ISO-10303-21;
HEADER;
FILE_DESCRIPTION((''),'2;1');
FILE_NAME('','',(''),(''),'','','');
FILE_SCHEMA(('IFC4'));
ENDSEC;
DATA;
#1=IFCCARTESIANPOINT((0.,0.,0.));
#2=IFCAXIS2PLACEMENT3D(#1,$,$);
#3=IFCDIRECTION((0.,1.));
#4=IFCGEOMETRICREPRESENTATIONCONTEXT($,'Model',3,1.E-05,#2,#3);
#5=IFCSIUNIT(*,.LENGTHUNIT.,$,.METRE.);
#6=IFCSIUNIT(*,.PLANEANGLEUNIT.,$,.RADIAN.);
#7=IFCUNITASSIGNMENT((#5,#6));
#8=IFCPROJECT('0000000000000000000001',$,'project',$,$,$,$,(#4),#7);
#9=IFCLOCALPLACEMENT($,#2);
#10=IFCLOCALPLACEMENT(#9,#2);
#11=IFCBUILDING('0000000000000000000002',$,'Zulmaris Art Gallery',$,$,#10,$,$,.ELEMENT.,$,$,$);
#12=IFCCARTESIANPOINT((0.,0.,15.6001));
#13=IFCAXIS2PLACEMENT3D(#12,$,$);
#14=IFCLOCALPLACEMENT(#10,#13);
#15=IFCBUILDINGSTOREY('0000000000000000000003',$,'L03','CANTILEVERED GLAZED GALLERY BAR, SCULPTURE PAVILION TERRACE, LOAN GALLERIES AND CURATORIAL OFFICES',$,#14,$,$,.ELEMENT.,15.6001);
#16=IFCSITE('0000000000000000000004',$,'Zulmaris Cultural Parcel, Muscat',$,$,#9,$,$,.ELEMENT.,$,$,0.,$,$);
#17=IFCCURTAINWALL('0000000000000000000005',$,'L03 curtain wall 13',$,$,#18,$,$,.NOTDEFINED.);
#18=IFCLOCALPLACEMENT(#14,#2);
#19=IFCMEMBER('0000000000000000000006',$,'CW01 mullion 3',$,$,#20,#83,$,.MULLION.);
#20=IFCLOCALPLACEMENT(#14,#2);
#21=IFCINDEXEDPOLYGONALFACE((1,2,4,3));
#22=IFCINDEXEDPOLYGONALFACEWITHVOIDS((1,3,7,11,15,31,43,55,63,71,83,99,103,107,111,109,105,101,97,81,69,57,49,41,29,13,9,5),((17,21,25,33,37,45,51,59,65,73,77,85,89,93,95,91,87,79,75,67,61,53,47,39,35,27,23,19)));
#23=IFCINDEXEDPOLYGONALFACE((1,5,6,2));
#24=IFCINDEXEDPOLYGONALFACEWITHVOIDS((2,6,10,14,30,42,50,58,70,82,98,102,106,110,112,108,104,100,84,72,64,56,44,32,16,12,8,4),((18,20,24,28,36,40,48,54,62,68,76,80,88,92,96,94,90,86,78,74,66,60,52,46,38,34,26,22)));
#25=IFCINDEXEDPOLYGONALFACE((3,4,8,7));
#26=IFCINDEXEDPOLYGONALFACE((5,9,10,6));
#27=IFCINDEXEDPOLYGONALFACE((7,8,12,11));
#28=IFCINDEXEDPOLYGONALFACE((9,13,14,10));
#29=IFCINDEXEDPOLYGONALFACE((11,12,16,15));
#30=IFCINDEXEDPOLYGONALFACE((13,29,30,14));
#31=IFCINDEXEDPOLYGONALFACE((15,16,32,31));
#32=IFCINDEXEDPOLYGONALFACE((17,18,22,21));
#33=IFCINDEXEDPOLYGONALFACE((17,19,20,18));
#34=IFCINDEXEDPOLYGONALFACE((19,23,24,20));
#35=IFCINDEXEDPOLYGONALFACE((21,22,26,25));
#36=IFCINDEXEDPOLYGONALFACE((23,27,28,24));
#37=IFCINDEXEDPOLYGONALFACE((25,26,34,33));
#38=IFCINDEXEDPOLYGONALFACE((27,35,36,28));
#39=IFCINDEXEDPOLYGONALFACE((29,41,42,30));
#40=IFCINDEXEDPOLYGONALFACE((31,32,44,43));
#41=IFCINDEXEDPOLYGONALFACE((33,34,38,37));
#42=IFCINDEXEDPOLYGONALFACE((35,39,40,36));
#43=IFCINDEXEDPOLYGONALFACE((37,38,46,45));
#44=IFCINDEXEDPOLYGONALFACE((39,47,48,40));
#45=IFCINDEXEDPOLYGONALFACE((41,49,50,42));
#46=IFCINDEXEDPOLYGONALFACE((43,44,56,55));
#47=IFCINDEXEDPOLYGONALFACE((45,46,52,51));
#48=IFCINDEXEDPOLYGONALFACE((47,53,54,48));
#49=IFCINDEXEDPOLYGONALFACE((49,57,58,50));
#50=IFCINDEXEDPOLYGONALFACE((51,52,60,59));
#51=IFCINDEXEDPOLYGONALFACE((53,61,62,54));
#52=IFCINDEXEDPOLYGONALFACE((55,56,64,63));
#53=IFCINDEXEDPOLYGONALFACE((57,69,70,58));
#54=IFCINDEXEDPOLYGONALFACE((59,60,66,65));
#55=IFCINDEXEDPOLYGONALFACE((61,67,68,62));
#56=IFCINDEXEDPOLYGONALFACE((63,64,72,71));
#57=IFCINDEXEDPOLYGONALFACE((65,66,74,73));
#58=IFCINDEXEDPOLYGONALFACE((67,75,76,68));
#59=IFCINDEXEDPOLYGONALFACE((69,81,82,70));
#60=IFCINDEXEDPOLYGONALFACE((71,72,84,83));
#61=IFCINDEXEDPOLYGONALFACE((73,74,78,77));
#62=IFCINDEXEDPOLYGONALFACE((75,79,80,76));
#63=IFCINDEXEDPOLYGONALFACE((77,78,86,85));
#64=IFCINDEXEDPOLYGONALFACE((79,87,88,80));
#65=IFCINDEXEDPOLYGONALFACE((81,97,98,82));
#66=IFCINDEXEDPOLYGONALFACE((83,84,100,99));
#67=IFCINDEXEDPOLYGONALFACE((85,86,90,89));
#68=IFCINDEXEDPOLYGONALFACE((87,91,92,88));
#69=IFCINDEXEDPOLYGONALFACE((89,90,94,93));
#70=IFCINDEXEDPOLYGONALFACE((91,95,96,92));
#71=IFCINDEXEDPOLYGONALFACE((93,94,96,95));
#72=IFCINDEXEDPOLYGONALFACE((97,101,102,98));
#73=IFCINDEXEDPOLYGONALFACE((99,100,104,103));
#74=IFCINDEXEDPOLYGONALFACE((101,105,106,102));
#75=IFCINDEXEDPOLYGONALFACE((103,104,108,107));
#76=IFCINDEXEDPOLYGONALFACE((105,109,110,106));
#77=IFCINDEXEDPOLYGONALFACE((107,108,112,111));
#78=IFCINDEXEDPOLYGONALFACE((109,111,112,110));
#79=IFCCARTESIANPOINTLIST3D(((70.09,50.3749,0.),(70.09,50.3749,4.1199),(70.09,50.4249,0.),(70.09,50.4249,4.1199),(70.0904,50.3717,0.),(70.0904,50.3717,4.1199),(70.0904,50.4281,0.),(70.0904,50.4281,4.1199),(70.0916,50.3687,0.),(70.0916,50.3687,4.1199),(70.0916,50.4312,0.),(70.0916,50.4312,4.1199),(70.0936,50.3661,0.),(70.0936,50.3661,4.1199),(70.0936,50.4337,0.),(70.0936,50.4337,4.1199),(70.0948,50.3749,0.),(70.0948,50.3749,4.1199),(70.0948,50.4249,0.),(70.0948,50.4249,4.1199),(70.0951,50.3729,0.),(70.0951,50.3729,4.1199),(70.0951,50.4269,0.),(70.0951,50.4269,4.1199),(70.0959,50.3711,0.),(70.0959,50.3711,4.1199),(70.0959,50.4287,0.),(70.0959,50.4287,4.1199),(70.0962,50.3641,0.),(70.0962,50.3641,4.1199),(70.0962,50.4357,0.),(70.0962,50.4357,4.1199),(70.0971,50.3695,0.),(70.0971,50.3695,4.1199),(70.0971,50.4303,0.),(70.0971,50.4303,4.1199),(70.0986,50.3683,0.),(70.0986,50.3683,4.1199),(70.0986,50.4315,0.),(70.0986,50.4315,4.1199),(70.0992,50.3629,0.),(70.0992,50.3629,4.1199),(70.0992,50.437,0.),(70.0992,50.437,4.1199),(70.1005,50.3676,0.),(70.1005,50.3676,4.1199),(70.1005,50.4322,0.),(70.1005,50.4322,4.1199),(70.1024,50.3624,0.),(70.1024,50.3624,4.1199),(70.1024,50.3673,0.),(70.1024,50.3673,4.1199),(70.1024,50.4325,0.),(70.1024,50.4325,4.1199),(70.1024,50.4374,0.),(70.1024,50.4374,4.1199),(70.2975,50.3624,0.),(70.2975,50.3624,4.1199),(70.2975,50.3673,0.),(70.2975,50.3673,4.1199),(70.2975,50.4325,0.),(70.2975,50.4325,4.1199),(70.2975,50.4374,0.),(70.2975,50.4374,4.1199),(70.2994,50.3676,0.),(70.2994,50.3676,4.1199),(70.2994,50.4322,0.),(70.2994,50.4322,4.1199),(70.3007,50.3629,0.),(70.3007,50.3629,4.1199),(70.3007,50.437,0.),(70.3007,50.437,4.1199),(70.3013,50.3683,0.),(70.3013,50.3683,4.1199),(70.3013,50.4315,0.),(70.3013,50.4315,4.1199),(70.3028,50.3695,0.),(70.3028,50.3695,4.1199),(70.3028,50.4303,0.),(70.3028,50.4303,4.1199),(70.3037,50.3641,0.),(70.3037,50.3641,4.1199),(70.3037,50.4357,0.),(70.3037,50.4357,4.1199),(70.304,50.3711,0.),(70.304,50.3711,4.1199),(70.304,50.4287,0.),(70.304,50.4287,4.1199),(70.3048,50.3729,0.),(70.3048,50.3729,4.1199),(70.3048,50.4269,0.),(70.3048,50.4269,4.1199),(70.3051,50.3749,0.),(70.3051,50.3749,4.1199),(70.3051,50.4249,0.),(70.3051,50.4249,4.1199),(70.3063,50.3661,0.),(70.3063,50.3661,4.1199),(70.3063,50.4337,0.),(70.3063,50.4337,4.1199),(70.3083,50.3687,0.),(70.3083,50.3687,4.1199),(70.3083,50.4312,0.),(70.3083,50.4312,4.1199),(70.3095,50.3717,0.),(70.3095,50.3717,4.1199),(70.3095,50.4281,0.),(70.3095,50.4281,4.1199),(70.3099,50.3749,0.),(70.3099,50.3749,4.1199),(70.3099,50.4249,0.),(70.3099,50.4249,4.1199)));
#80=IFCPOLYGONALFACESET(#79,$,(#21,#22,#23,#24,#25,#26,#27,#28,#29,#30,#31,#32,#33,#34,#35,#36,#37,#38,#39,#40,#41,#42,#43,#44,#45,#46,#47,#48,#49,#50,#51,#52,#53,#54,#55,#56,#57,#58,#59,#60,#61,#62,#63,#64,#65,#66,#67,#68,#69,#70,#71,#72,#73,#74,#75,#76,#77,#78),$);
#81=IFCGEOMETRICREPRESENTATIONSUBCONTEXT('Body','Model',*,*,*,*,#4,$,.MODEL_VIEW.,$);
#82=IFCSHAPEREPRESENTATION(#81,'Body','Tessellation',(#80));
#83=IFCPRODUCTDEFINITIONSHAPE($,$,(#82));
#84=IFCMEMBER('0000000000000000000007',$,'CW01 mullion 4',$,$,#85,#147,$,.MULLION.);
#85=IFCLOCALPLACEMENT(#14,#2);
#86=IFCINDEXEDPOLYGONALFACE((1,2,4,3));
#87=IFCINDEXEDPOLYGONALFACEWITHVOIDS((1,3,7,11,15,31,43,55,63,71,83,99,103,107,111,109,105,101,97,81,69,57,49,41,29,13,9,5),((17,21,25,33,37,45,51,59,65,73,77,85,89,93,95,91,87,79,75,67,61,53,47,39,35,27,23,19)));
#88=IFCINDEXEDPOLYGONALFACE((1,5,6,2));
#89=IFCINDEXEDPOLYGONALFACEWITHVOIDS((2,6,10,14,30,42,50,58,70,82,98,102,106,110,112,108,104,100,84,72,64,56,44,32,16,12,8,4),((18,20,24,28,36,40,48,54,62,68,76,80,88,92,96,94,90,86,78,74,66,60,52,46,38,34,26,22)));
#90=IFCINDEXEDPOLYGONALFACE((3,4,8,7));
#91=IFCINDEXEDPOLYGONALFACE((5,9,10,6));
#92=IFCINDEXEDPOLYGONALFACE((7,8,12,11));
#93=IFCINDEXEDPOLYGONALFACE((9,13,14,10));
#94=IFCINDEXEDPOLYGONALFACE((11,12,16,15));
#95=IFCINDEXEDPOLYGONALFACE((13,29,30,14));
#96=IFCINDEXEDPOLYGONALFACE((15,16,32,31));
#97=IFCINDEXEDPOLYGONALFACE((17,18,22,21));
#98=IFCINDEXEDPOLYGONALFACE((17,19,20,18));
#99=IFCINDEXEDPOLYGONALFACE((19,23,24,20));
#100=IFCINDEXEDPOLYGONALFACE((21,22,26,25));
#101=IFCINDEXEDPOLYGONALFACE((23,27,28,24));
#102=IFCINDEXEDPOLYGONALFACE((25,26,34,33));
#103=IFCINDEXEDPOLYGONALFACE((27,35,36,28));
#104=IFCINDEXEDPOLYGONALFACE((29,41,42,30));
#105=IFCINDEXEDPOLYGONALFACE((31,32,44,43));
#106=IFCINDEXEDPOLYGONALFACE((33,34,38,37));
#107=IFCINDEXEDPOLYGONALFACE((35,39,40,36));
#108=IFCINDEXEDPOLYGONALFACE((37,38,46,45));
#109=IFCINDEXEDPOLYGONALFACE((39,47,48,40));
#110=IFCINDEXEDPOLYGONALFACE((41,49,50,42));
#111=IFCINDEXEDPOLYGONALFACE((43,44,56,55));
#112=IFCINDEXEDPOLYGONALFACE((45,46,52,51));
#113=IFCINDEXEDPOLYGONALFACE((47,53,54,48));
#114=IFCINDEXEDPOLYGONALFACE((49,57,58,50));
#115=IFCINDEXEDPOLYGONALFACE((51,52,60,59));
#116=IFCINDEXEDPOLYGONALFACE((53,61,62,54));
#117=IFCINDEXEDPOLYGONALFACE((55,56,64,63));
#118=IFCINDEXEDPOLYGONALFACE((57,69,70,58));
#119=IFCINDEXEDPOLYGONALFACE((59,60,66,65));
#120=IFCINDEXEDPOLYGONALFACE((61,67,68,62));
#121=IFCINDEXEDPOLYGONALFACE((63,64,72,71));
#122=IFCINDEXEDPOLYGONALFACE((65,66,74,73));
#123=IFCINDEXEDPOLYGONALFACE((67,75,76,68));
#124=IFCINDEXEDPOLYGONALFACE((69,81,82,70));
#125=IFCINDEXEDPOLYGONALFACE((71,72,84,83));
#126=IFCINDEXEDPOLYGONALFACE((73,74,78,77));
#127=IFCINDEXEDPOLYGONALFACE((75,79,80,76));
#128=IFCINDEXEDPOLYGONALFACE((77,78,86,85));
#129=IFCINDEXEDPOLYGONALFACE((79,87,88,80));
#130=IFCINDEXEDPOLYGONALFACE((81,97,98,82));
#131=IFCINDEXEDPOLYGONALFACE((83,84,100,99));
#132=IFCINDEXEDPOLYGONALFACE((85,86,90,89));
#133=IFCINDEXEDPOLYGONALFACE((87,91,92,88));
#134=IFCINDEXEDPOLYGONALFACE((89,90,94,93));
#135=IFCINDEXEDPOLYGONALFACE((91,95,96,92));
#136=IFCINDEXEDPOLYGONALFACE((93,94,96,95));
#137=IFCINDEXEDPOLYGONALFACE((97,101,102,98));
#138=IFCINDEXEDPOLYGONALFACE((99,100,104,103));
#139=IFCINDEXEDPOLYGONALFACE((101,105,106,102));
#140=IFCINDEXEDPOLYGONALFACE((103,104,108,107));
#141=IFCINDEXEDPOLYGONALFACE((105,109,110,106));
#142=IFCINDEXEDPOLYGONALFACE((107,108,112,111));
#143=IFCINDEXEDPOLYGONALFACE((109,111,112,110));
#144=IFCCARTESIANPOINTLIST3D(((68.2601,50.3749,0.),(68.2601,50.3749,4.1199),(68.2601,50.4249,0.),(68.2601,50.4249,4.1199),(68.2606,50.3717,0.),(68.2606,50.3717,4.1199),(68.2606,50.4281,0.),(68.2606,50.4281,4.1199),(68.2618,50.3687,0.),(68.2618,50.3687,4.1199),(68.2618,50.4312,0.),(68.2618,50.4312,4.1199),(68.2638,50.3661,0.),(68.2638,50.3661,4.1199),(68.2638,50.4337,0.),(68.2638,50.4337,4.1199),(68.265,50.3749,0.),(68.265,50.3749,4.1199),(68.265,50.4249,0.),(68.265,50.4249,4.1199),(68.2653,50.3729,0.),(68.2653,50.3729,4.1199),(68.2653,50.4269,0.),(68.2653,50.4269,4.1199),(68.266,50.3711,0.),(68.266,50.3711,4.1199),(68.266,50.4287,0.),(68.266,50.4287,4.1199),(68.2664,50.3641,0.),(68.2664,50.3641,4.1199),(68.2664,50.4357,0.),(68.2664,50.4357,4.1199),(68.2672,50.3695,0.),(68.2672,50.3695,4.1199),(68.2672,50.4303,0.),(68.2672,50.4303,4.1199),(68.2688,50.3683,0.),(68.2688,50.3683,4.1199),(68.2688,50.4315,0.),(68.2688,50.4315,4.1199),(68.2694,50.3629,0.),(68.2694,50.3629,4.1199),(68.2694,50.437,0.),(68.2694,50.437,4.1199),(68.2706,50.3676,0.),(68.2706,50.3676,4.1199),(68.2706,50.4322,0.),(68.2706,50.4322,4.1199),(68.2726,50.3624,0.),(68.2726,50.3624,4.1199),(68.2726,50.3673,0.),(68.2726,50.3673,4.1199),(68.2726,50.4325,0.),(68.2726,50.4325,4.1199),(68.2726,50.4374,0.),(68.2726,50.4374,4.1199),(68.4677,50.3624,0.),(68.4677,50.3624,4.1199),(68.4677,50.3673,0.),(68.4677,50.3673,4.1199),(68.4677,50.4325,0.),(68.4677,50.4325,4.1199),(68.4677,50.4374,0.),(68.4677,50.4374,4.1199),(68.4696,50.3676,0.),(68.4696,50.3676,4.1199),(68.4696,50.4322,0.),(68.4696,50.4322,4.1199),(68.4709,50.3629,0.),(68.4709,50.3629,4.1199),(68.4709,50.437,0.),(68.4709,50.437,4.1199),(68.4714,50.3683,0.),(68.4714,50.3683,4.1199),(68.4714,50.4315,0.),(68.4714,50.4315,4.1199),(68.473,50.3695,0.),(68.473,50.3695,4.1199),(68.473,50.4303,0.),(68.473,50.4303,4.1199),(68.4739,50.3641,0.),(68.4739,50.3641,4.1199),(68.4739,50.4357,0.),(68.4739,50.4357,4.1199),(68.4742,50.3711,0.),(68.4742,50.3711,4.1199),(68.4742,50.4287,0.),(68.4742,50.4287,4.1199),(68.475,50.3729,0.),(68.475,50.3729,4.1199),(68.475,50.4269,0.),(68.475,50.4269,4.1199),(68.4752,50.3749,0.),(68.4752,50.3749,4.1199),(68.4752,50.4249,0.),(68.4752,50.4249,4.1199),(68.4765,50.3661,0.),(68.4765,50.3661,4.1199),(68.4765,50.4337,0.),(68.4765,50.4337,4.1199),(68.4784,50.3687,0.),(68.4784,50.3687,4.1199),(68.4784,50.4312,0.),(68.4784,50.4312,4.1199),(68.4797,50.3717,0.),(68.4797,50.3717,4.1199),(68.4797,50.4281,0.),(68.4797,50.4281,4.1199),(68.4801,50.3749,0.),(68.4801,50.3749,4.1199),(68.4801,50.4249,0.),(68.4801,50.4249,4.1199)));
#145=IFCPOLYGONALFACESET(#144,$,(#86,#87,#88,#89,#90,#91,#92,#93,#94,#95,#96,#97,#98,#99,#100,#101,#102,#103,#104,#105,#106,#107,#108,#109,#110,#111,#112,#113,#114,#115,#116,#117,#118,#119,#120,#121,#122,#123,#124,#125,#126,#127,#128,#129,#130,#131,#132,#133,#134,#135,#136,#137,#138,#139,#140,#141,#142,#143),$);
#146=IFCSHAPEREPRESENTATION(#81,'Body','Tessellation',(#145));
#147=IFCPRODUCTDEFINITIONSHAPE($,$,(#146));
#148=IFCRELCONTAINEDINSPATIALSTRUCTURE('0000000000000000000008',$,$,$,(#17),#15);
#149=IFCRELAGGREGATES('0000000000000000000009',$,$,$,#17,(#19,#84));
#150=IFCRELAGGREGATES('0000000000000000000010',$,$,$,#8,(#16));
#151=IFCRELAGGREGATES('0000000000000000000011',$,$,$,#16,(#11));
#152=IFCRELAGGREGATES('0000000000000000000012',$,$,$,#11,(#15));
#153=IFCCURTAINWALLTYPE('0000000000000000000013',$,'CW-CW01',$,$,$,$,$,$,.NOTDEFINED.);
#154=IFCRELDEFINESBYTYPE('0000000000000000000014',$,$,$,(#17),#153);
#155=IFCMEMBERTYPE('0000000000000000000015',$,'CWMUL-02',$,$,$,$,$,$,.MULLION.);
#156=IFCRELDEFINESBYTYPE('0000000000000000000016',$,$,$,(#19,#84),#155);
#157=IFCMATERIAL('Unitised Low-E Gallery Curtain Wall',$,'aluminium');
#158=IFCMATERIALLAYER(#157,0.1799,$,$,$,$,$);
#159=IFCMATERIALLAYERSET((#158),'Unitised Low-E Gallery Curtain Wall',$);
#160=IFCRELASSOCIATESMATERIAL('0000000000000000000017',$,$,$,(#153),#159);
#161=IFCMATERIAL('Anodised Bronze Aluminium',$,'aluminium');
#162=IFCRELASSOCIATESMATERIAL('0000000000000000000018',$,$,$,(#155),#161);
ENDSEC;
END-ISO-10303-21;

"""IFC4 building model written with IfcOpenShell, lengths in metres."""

from ifc_helpers import new_model, si_unit, direction, frame, origin, origin_2d, place, context, subcontext, project, spatial, hollow_rectangle, extrude, material, layer, layer_set, material_profile, profile_set, type_object, element, aggregate, save


model = new_model("IFC4")

# Units and contexts
model_context = context("Model", 3, precision=1e-05, world=origin(), true_north=direction((0.0, 1.0)))
body_context = subcontext(model_context, "Body", "Model", "MODEL_VIEW")
ifc_project = project(units=[si_unit("LENGTHUNIT", "METRE"), si_unit("PLANEANGLEUNIT", "RADIAN")], contexts=[model_context])

# Site, building, storey
site_placement = place(None, origin())
site = spatial("IfcSite", under=ifc_project, at=site_placement, Name="Zulmaris Cultural Parcel, Muscat", CompositionType="ELEMENT", RefElevation=0.0)
building_placement = place(site_placement, origin())
building = spatial("IfcBuilding", under=site, at=building_placement, Name="Zulmaris Art Gallery", CompositionType="ELEMENT")
storey_placement = place(building_placement, frame((0.0, 0.0, 15.6001)))
storey = spatial("IfcBuildingStorey", under=building, at=storey_placement, Name="L03", Description="CANTILEVERED GLAZED GALLERY BAR, SCULPTURE PAVILION TERRACE, LOAN GALLERIES AND CURATORIAL OFFICES", CompositionType="ELEMENT", Elevation=15.6001)

# Curtain wall, members
ifc_material_1 = material(Name="Unitised Low-E Gallery Curtain Wall", Category="aluminium")
ifc_layer_1 = layer(ifc_material_1, 0.1799)
ifc_layer_set_1 = layer_set([ifc_layer_1], Name="Unitised Low-E Gallery Curtain Wall")
curtain_wall_type = type_object("IfcCurtainWallType", Name="CW-CW01", PredefinedType="NOTDEFINED", material=ifc_layer_set_1)
ifc_material_2 = material(Name="Anodised Bronze Aluminium", Category="aluminium")
ifc_material_profile_1 = material_profile(ifc_material_2, hollow_rectangle(XDim=0.075, YDim=0.22, WallThickness=0.0049, InnerFilletRadius=0.0076, OuterFilletRadius=0.0125, at=origin_2d()), Name="ALU 75x220x5")
ifc_profile_set_1 = profile_set([ifc_material_profile_1], Name="Anodised Bronze Aluminium")
member_type_1 = type_object("IfcMemberType", Name="CWMUL-02", PredefinedType="MULLION", material=ifc_profile_set_1)
curtain_wall_1_placement = place(storey_placement, origin())
curtain_wall_1 = element("IfcCurtainWall", 1, at=curtain_wall_1_placement, inside=storey, type_object=curtain_wall_type, Name="L03 curtain wall 13", PredefinedType="NOTDEFINED")
member_1_placement = place(storey_placement, frame((70.2, 50.3999, 0.0), z_axis=(0.0, 0.0, 1.0), x_axis=(0.0, -1.0, 0.0)))
member_1 = element("IfcMember", 2, at=member_1_placement, type_object=member_type_1, Name="CW01 mullion 3", PredefinedType="MULLION", context=body_context, shape_type="SweptSolid", body=[
    extrude(hollow_rectangle(XDim=0.075, YDim=0.22, WallThickness=0.0049, InnerFilletRadius=0.0076, OuterFilletRadius=0.0125, at=origin_2d()), origin(), (0.0, 0.0, 1.0), 4.1199),
])
member_2_placement = place(storey_placement, frame((68.3701, 50.3999, 0.0), z_axis=(0.0, 0.0, 1.0), x_axis=(0.0, -1.0, 0.0)))
member_2 = element("IfcMember", 3, at=member_2_placement, type_object=member_type_1, Name="CW01 mullion 4", PredefinedType="MULLION", context=body_context, shape_type="SweptSolid", body=[
    extrude(hollow_rectangle(XDim=0.075, YDim=0.22, WallThickness=0.0049, InnerFilletRadius=0.0076, OuterFilletRadius=0.0125, at=origin_2d()), origin(), (0.0, 0.0, 1.0), 4.1199),
])

aggregate(curtain_wall_1, [member_1, member_2])

save(model, "model.ifc")
